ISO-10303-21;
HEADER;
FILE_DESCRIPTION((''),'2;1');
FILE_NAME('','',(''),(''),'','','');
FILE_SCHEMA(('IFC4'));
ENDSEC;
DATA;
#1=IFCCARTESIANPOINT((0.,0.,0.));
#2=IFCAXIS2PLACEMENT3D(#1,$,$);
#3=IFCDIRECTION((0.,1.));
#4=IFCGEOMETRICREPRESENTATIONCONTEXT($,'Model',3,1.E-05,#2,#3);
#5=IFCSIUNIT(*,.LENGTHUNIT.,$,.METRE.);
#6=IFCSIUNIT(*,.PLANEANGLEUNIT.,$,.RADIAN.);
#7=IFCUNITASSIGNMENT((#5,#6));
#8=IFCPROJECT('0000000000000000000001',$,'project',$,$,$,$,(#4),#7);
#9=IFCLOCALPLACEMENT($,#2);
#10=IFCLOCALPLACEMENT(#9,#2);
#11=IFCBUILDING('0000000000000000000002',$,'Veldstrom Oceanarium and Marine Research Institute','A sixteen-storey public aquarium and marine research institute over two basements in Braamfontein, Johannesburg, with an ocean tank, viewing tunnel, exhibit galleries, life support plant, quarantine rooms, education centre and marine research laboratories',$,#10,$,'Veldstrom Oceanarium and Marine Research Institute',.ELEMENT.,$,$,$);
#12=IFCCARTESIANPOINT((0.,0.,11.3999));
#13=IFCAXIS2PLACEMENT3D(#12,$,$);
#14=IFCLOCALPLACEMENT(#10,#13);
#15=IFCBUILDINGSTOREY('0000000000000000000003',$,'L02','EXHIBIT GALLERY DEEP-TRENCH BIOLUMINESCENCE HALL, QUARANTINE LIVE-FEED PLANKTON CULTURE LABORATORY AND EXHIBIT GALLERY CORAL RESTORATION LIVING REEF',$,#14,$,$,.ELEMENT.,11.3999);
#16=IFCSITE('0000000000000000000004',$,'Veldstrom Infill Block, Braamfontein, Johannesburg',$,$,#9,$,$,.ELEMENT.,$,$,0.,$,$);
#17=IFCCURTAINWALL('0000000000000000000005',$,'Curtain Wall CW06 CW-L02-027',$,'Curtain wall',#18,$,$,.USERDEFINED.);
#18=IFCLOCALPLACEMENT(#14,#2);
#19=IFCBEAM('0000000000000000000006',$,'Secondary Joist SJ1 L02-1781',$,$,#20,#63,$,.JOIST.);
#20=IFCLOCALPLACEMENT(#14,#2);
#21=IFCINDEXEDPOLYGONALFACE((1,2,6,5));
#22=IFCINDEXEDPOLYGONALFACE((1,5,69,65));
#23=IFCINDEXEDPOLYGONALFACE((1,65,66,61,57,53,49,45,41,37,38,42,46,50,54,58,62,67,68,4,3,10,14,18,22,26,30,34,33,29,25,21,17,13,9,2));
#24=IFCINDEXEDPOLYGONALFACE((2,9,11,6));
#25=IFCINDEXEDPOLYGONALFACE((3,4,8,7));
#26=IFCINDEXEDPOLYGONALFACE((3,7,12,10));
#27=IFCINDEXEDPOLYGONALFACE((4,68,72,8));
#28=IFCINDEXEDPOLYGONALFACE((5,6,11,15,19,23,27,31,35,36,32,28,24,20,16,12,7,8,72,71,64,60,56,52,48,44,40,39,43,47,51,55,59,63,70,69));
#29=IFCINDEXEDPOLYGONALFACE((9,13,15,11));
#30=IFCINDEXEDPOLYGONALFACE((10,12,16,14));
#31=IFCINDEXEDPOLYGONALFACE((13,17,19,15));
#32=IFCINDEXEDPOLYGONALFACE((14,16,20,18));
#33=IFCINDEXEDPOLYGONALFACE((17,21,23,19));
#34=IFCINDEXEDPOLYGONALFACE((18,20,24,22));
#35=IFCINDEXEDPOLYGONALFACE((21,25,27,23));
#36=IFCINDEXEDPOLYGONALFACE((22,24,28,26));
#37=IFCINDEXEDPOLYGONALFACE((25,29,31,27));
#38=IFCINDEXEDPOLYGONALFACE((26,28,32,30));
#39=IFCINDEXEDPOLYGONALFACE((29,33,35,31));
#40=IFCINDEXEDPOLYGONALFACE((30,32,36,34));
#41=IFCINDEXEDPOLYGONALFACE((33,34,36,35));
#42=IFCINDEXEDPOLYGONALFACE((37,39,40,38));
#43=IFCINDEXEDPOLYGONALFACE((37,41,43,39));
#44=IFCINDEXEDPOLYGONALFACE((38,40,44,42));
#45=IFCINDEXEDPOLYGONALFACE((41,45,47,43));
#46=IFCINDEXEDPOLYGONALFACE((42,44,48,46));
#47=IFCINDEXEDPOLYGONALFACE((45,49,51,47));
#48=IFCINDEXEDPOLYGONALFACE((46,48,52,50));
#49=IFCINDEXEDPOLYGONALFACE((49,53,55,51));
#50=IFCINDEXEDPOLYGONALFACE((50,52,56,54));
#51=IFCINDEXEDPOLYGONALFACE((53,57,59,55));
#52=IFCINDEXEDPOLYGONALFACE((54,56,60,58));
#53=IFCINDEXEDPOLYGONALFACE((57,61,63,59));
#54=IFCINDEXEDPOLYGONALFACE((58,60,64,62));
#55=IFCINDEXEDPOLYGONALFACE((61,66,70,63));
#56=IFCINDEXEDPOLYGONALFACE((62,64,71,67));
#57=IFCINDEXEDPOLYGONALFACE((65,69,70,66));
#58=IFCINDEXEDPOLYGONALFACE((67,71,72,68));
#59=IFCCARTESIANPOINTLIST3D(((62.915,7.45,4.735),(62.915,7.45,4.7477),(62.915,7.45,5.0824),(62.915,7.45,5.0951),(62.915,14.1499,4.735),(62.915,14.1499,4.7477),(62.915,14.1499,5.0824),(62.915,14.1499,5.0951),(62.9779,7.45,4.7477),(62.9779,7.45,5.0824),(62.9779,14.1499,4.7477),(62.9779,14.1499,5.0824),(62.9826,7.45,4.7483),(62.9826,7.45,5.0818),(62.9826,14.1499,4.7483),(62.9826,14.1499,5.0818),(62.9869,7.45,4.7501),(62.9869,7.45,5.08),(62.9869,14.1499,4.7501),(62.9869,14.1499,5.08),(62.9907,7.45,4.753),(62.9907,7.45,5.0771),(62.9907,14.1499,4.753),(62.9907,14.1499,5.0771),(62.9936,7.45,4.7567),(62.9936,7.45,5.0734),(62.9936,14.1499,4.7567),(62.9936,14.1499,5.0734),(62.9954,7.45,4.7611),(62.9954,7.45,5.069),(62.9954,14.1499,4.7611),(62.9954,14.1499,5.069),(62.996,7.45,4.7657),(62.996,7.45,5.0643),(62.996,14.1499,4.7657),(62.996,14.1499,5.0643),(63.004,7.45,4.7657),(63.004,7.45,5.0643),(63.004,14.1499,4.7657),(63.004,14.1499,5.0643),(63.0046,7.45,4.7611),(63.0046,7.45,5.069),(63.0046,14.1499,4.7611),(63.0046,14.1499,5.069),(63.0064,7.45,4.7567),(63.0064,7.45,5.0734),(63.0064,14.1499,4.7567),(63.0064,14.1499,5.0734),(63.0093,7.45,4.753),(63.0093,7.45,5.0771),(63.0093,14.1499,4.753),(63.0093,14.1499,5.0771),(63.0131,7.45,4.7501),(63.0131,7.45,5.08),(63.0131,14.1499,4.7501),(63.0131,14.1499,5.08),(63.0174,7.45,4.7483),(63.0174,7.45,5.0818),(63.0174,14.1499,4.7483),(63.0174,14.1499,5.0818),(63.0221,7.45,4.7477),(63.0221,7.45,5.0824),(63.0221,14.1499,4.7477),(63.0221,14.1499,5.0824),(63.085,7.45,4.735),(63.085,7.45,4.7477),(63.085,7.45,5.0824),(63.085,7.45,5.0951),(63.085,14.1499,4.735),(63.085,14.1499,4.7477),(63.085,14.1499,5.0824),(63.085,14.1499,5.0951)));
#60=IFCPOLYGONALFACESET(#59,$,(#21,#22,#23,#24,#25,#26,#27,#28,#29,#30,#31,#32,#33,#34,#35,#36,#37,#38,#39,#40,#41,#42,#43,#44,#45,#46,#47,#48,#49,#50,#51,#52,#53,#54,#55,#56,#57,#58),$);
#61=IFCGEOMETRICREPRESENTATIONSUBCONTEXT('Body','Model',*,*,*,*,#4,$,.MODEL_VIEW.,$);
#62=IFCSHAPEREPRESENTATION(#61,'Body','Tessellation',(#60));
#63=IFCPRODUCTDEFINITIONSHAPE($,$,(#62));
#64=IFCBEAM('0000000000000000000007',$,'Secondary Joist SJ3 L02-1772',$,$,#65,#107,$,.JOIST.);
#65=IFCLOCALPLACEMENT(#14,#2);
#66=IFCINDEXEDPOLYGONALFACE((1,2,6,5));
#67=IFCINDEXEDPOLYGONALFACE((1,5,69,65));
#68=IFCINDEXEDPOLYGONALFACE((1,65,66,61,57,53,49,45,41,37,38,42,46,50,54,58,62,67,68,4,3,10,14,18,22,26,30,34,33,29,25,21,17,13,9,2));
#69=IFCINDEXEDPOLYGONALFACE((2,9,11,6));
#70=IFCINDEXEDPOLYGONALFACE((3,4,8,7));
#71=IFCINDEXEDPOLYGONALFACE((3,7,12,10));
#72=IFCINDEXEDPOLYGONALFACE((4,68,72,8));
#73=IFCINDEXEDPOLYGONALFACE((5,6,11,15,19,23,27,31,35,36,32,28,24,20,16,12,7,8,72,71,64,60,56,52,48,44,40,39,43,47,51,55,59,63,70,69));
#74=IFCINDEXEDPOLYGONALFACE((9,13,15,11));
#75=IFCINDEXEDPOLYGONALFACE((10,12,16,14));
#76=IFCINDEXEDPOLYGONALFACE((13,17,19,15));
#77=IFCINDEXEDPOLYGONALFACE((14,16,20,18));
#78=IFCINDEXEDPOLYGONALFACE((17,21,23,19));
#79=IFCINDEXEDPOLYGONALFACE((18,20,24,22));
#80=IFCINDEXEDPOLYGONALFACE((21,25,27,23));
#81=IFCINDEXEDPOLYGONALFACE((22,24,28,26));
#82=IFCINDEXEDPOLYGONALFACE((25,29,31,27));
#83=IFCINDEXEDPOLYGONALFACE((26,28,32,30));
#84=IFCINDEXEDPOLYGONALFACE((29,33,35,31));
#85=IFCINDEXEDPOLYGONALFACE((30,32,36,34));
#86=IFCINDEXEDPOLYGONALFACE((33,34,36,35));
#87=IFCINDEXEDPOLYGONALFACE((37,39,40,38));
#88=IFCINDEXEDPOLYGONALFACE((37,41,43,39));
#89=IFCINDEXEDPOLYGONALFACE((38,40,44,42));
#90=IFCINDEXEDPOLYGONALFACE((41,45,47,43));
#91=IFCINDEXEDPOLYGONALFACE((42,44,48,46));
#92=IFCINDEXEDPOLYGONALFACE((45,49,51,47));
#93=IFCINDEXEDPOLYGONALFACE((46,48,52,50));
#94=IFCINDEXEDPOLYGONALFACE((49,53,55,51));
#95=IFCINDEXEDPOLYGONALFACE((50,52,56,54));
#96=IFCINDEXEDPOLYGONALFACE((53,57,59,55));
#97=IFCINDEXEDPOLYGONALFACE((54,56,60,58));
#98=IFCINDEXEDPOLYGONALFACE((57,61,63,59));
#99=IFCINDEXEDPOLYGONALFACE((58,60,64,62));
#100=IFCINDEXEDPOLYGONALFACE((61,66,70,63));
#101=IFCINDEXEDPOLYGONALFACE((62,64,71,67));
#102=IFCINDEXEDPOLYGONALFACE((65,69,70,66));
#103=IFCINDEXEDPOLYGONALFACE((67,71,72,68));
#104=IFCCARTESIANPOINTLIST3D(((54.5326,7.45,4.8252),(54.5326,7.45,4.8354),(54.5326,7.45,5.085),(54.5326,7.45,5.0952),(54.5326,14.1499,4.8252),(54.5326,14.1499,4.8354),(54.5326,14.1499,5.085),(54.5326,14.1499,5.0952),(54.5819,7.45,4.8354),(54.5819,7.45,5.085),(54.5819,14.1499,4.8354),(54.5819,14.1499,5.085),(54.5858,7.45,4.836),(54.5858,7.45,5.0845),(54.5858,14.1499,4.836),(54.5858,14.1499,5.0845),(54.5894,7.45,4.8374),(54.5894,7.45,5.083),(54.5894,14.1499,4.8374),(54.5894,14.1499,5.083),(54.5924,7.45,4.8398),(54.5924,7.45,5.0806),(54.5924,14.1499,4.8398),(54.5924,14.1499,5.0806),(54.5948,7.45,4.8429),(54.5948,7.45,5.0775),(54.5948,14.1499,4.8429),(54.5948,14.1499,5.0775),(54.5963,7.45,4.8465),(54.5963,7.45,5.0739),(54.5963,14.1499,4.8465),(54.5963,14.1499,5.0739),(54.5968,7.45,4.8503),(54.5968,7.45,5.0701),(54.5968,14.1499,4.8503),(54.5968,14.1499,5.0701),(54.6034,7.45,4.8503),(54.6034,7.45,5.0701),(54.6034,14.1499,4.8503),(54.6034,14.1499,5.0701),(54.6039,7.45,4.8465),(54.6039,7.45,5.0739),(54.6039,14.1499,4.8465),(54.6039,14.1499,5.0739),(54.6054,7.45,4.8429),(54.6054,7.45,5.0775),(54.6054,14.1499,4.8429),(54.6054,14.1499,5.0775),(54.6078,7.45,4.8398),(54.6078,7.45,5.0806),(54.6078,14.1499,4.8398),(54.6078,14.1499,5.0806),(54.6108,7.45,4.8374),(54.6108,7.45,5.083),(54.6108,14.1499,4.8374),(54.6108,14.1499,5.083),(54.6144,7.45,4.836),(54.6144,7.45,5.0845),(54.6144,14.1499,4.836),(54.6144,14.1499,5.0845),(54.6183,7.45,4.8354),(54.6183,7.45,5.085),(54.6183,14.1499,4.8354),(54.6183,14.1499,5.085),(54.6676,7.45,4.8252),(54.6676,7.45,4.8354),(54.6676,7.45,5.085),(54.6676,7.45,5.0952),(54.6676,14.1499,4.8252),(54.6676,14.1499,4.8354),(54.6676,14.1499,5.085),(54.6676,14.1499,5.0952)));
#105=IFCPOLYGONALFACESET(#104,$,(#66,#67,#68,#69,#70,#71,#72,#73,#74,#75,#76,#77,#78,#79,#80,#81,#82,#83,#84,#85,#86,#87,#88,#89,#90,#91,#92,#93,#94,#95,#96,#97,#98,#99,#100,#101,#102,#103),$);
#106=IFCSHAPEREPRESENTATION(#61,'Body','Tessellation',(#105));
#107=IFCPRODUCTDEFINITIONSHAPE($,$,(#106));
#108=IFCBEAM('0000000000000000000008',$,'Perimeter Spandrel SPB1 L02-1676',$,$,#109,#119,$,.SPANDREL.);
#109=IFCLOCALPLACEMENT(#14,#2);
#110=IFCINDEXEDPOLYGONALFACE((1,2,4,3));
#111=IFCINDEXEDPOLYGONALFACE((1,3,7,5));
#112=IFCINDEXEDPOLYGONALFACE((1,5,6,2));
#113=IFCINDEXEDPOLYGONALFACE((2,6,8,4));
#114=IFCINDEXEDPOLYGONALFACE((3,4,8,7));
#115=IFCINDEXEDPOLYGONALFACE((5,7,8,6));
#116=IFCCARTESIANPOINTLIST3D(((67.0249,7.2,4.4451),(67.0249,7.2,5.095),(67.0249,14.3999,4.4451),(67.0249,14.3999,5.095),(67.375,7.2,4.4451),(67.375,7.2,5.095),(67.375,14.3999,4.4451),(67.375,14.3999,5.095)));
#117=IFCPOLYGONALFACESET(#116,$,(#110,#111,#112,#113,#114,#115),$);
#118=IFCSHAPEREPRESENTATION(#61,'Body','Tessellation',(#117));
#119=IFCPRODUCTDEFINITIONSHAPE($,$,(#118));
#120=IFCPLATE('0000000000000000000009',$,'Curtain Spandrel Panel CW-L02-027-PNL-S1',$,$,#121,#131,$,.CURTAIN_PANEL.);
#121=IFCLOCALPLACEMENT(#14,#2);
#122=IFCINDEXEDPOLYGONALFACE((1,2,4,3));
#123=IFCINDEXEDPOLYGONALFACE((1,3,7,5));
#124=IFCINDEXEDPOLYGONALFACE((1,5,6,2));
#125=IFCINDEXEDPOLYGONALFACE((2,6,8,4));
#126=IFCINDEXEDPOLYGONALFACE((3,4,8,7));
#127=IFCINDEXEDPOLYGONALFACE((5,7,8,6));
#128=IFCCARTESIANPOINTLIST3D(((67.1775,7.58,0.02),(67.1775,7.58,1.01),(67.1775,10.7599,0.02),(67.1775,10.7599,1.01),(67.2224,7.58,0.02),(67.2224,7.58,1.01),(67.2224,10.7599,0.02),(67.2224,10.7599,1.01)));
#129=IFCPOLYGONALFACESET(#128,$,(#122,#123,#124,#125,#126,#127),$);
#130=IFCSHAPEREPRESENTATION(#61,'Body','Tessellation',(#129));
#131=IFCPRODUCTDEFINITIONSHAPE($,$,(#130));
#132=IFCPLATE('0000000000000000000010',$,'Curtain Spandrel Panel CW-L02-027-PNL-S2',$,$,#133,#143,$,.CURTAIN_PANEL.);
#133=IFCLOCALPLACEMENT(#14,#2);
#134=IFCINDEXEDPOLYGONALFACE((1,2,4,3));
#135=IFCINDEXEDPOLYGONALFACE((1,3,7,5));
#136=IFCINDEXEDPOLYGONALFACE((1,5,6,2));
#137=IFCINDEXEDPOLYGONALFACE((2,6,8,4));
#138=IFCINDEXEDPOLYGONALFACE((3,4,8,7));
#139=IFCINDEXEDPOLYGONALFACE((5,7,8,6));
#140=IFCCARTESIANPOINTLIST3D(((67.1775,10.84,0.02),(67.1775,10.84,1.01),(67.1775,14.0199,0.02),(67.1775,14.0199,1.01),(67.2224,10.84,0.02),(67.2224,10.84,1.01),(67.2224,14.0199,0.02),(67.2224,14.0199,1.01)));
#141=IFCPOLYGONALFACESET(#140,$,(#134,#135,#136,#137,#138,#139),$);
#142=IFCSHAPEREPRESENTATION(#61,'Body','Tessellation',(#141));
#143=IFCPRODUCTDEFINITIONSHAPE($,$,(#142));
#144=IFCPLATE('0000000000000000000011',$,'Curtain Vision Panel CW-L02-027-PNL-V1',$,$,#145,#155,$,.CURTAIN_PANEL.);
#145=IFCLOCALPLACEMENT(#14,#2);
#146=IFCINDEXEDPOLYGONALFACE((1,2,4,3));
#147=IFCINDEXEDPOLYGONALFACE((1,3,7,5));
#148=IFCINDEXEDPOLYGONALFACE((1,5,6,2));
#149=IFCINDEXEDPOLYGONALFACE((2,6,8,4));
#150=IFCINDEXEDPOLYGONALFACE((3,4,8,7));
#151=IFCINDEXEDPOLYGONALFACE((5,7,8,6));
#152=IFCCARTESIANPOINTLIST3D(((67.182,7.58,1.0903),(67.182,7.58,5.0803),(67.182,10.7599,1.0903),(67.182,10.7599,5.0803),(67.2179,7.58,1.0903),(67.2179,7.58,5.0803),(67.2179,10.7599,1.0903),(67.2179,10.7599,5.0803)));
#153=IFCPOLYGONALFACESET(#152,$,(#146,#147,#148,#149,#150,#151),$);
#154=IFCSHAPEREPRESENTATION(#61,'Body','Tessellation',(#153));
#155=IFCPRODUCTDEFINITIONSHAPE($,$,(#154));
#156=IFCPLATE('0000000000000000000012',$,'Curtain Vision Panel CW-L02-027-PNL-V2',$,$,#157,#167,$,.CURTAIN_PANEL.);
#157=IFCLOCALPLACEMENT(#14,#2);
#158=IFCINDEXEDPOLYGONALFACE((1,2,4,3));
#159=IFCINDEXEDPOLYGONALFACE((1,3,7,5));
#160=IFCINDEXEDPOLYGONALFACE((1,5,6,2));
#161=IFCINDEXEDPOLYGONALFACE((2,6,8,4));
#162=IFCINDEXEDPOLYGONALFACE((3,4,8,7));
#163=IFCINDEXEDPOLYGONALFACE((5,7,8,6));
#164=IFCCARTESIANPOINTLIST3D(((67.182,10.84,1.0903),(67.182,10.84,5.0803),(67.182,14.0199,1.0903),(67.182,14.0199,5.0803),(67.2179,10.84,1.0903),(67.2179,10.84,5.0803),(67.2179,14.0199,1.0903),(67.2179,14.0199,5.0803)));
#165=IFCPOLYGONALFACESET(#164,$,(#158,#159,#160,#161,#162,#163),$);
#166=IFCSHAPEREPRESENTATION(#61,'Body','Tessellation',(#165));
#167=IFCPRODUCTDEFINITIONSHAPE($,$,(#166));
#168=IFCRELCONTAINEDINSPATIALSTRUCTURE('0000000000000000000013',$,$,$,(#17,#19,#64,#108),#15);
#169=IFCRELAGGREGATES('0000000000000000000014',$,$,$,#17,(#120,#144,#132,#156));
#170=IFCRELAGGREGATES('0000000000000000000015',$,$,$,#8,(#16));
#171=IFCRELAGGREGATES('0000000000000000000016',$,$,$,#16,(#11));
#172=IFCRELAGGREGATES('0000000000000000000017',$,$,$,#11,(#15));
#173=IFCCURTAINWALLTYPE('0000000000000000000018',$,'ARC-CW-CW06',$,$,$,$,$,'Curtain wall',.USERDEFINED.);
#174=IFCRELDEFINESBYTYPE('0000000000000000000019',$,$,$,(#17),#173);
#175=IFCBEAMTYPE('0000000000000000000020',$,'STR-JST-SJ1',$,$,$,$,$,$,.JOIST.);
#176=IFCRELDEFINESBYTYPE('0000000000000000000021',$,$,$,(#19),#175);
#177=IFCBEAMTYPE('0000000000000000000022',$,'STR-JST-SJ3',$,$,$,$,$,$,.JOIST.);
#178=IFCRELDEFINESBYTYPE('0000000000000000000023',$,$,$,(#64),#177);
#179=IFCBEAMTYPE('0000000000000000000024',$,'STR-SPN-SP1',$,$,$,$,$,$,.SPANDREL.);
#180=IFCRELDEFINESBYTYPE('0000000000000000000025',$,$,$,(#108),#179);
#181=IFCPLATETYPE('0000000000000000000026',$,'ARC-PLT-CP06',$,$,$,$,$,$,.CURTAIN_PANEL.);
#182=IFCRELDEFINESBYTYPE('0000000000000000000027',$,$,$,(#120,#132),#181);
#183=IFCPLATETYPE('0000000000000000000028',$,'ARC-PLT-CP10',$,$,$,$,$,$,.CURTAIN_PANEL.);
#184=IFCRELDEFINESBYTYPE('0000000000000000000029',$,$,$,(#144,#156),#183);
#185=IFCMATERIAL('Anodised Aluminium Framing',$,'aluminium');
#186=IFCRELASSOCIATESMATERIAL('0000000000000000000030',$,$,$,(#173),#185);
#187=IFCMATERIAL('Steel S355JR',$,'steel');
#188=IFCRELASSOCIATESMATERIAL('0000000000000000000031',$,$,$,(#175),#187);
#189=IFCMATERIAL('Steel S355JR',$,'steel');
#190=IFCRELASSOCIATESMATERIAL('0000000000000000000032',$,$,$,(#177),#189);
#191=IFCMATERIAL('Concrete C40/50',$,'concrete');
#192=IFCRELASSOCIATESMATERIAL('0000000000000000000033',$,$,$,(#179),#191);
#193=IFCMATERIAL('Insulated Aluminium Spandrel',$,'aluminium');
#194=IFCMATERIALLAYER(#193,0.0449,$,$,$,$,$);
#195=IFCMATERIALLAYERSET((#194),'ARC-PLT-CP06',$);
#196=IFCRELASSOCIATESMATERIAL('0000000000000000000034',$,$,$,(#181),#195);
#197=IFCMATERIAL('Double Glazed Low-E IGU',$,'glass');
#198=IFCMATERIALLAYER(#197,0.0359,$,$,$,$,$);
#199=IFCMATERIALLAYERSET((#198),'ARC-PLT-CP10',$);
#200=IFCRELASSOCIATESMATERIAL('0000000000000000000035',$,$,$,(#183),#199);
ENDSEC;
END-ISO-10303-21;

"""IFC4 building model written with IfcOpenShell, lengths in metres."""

from ifc_helpers import new_model, si_unit, direction, frame, origin, origin_2d, place, context, subcontext, project, spatial, rectangle, i_section, extrude, material, layer, layer_set, material_profile, profile_set, type_object, element, aggregate, save


model = new_model("IFC4")

# Units and contexts
model_context = context("Model", 3, precision=1e-05, world=origin(), true_north=direction((0.0, 1.0)))
body_context = subcontext(model_context, "Body", "Model", "MODEL_VIEW")
ifc_project = project(units=[si_unit("LENGTHUNIT", "METRE"), si_unit("PLANEANGLEUNIT", "RADIAN")], contexts=[model_context])

# Site, building, storey
site_placement = place(None, origin())
site = spatial("IfcSite", under=ifc_project, at=site_placement, Name="Veldstrom Infill Block, Braamfontein, Johannesburg", CompositionType="ELEMENT", RefElevation=0.0)
building_placement = place(site_placement, origin())
building = spatial("IfcBuilding", under=site, at=building_placement, Name="Veldstrom Oceanarium and Marine Research Institute", Description="A sixteen-storey public aquarium and marine research institute over two basements in Braamfontein, Johannesburg, with an ocean tank, viewing tunnel, exhibit galleries, life support plant, quarantine rooms, education centre and marine research laboratories", LongName="Veldstrom Oceanarium and Marine Research Institute", CompositionType="ELEMENT")
storey_placement = place(building_placement, frame((0.0, 0.0, 11.3999)))
storey = spatial("IfcBuildingStorey", under=building, at=storey_placement, Name="L02", Description="EXHIBIT GALLERY DEEP-TRENCH BIOLUMINESCENCE HALL, QUARANTINE LIVE-FEED PLANKTON CULTURE LABORATORY AND EXHIBIT GALLERY CORAL RESTORATION LIVING REEF", CompositionType="ELEMENT", Elevation=11.3999)

# Curtain wall
ifc_material_1 = material(Name="Anodised Aluminium Framing", Category="aluminium")
curtain_wall_type = type_object("IfcCurtainWallType", Name="ARC-CW-CW06", ElementType="Curtain wall", PredefinedType="USERDEFINED", material=ifc_material_1)
curtain_wall_placement = place(storey_placement, origin())
curtain_wall = element("IfcCurtainWall", 1, at=curtain_wall_placement, inside=storey, type_object=curtain_wall_type, Name="Curtain Wall CW06 CW-L02-027", ObjectType="Curtain wall", PredefinedType="USERDEFINED")

# Beams
ifc_material_2 = material(Name="Steel S355JR", Category="steel")
ifc_material_profile_1 = material_profile(ifc_material_2, i_section(OverallWidth=0.1699, OverallDepth=0.3601, WebThickness=0.0081, FlangeThickness=0.0127, FilletRadius=0.0181, at=origin_2d()), Name="IPE 360")
ifc_profile_set_1 = profile_set([ifc_material_profile_1], Name="Steel S355JR")
beam_type_1 = type_object("IfcBeamType", Name="STR-JST-SJ1", PredefinedType="JOIST", material=ifc_profile_set_1)
beam_1_placement = place(storey_placement, frame((63.0, 7.45, 4.915), z_axis=(0.0, 1.0, 0.0), x_axis=(-1.0, 0.0, 0.0)))
element("IfcBeam", 2, at=beam_1_placement, inside=storey, type_object=beam_type_1, Name="Secondary Joist SJ1 L02-1781", PredefinedType="JOIST", context=body_context, shape_type="SweptSolid", body=[
    extrude(i_section(OverallWidth=0.1699, OverallDepth=0.3601, WebThickness=0.0081, FlangeThickness=0.0127, FilletRadius=0.0181, at=origin_2d()), origin(), (0.0, 0.0, 1.0), 6.7),
])
ifc_material_3 = material(Name="Steel S355JR", Category="steel")
ifc_material_profile_2 = material_profile(ifc_material_3, i_section(OverallWidth=0.135, OverallDepth=0.27, WebThickness=0.0066, FlangeThickness=0.0103, FilletRadius=0.0149, at=origin_2d()), Name="IPE 270")
ifc_profile_set_2 = profile_set([ifc_material_profile_2], Name="Steel S355JR")
beam_type_2 = type_object("IfcBeamType", Name="STR-JST-SJ3", PredefinedType="JOIST", material=ifc_profile_set_2)
beam_2_placement = place(storey_placement, frame((54.6001, 7.45, 4.9602), z_axis=(0.0, 1.0, 0.0), x_axis=(-1.0, 0.0, 0.0)))
element("IfcBeam", 3, at=beam_2_placement, inside=storey, type_object=beam_type_2, Name="Secondary Joist SJ3 L02-1772", PredefinedType="JOIST", context=body_context, shape_type="SweptSolid", body=[
    extrude(i_section(OverallWidth=0.135, OverallDepth=0.27, WebThickness=0.0066, FlangeThickness=0.0103, FilletRadius=0.0149, at=origin_2d()), origin(), (0.0, 0.0, 1.0), 6.7),
])
ifc_material_4 = material(Name="Concrete C40/50", Category="concrete")
ifc_material_profile_3 = material_profile(ifc_material_4, rectangle(XDim=0.3501, YDim=0.6499, at=origin_2d()), Name="RC-SPN-350x650")
ifc_profile_set_3 = profile_set([ifc_material_profile_3], Name="Concrete C40/50")
beam_type_3 = type_object("IfcBeamType", Name="STR-SPN-SP1", PredefinedType="SPANDREL", material=ifc_profile_set_3)
beam_3_placement = place(storey_placement, frame((67.2, 7.2, 4.77), z_axis=(0.0, 1.0, 0.0), x_axis=(-1.0, 0.0, 0.0)))
element("IfcBeam", 4, at=beam_3_placement, inside=storey, type_object=beam_type_3, Name="Perimeter Spandrel SPB1 L02-1676", PredefinedType="SPANDREL", context=body_context, shape_type="SweptSolid", body=[
    extrude(rectangle(XDim=0.3501, YDim=0.6499, at=origin_2d()), origin(), (0.0, 0.0, 1.0), 7.2),
])

# Plates
ifc_material_5 = material(Name="Insulated Aluminium Spandrel", Category="aluminium")
ifc_layer_1 = layer(ifc_material_5, 0.0449)
ifc_layer_set_1 = layer_set([ifc_layer_1], Name="ARC-PLT-CP06")
plate_type_1 = type_object("IfcPlateType", Name="ARC-PLT-CP06", PredefinedType="CURTAIN_PANEL", material=ifc_layer_set_1)
plate_1_placement = place(storey_placement, frame((67.2, 9.1699, 0.02), z_axis=(0.0, 0.0, 1.0), x_axis=(0.0, 1.0, 0.0)))
plate_1 = element("IfcPlate", 5, at=plate_1_placement, type_object=plate_type_1, Name="Curtain Spandrel Panel CW-L02-027-PNL-S1", PredefinedType="CURTAIN_PANEL", context=body_context, shape_type="SweptSolid", body=[
    extrude(rectangle(XDim=3.1799, YDim=0.0449, at=origin_2d()), origin(), (0.0, 0.0, 1.0), 0.99),
])
plate_2_placement = place(storey_placement, frame((67.2, 12.4299, 0.02), z_axis=(0.0, 0.0, 1.0), x_axis=(0.0, 1.0, 0.0)))
plate_2 = element("IfcPlate", 6, at=plate_2_placement, type_object=plate_type_1, Name="Curtain Spandrel Panel CW-L02-027-PNL-S2", PredefinedType="CURTAIN_PANEL", context=body_context, shape_type="SweptSolid", body=[
    extrude(rectangle(XDim=3.1799, YDim=0.0449, at=origin_2d()), origin(), (0.0, 0.0, 1.0), 0.99),
])
ifc_material_6 = material(Name="Double Glazed Low-E IGU", Category="glass")
ifc_layer_2 = layer(ifc_material_6, 0.0359)
ifc_layer_set_2 = layer_set([ifc_layer_2], Name="ARC-PLT-CP10")
plate_type_2 = type_object("IfcPlateType", Name="ARC-PLT-CP10", PredefinedType="CURTAIN_PANEL", material=ifc_layer_set_2)
plate_3_placement = place(storey_placement, frame((67.2, 9.1699, 1.0903), z_axis=(0.0, 0.0, 1.0), x_axis=(0.0, 1.0, 0.0)))
plate_3 = element("IfcPlate", 7, at=plate_3_placement, type_object=plate_type_2, Name="Curtain Vision Panel CW-L02-027-PNL-V1", PredefinedType="CURTAIN_PANEL", context=body_context, shape_type="SweptSolid", body=[
    extrude(rectangle(XDim=3.1799, YDim=0.0359, at=origin_2d()), origin(), (0.0, 0.0, 1.0), 3.99),
])
plate_4_placement = place(storey_placement, frame((67.2, 12.4299, 1.0903), z_axis=(0.0, 0.0, 1.0), x_axis=(0.0, 1.0, 0.0)))
plate_4 = element("IfcPlate", 8, at=plate_4_placement, type_object=plate_type_2, Name="Curtain Vision Panel CW-L02-027-PNL-V2", PredefinedType="CURTAIN_PANEL", context=body_context, shape_type="SweptSolid", body=[
    extrude(rectangle(XDim=3.1799, YDim=0.0359, at=origin_2d()), origin(), (0.0, 0.0, 1.0), 3.99),
])
aggregate(curtain_wall, [plate_1, plate_3, plate_2, plate_4])

save(model, "model.ifc")
